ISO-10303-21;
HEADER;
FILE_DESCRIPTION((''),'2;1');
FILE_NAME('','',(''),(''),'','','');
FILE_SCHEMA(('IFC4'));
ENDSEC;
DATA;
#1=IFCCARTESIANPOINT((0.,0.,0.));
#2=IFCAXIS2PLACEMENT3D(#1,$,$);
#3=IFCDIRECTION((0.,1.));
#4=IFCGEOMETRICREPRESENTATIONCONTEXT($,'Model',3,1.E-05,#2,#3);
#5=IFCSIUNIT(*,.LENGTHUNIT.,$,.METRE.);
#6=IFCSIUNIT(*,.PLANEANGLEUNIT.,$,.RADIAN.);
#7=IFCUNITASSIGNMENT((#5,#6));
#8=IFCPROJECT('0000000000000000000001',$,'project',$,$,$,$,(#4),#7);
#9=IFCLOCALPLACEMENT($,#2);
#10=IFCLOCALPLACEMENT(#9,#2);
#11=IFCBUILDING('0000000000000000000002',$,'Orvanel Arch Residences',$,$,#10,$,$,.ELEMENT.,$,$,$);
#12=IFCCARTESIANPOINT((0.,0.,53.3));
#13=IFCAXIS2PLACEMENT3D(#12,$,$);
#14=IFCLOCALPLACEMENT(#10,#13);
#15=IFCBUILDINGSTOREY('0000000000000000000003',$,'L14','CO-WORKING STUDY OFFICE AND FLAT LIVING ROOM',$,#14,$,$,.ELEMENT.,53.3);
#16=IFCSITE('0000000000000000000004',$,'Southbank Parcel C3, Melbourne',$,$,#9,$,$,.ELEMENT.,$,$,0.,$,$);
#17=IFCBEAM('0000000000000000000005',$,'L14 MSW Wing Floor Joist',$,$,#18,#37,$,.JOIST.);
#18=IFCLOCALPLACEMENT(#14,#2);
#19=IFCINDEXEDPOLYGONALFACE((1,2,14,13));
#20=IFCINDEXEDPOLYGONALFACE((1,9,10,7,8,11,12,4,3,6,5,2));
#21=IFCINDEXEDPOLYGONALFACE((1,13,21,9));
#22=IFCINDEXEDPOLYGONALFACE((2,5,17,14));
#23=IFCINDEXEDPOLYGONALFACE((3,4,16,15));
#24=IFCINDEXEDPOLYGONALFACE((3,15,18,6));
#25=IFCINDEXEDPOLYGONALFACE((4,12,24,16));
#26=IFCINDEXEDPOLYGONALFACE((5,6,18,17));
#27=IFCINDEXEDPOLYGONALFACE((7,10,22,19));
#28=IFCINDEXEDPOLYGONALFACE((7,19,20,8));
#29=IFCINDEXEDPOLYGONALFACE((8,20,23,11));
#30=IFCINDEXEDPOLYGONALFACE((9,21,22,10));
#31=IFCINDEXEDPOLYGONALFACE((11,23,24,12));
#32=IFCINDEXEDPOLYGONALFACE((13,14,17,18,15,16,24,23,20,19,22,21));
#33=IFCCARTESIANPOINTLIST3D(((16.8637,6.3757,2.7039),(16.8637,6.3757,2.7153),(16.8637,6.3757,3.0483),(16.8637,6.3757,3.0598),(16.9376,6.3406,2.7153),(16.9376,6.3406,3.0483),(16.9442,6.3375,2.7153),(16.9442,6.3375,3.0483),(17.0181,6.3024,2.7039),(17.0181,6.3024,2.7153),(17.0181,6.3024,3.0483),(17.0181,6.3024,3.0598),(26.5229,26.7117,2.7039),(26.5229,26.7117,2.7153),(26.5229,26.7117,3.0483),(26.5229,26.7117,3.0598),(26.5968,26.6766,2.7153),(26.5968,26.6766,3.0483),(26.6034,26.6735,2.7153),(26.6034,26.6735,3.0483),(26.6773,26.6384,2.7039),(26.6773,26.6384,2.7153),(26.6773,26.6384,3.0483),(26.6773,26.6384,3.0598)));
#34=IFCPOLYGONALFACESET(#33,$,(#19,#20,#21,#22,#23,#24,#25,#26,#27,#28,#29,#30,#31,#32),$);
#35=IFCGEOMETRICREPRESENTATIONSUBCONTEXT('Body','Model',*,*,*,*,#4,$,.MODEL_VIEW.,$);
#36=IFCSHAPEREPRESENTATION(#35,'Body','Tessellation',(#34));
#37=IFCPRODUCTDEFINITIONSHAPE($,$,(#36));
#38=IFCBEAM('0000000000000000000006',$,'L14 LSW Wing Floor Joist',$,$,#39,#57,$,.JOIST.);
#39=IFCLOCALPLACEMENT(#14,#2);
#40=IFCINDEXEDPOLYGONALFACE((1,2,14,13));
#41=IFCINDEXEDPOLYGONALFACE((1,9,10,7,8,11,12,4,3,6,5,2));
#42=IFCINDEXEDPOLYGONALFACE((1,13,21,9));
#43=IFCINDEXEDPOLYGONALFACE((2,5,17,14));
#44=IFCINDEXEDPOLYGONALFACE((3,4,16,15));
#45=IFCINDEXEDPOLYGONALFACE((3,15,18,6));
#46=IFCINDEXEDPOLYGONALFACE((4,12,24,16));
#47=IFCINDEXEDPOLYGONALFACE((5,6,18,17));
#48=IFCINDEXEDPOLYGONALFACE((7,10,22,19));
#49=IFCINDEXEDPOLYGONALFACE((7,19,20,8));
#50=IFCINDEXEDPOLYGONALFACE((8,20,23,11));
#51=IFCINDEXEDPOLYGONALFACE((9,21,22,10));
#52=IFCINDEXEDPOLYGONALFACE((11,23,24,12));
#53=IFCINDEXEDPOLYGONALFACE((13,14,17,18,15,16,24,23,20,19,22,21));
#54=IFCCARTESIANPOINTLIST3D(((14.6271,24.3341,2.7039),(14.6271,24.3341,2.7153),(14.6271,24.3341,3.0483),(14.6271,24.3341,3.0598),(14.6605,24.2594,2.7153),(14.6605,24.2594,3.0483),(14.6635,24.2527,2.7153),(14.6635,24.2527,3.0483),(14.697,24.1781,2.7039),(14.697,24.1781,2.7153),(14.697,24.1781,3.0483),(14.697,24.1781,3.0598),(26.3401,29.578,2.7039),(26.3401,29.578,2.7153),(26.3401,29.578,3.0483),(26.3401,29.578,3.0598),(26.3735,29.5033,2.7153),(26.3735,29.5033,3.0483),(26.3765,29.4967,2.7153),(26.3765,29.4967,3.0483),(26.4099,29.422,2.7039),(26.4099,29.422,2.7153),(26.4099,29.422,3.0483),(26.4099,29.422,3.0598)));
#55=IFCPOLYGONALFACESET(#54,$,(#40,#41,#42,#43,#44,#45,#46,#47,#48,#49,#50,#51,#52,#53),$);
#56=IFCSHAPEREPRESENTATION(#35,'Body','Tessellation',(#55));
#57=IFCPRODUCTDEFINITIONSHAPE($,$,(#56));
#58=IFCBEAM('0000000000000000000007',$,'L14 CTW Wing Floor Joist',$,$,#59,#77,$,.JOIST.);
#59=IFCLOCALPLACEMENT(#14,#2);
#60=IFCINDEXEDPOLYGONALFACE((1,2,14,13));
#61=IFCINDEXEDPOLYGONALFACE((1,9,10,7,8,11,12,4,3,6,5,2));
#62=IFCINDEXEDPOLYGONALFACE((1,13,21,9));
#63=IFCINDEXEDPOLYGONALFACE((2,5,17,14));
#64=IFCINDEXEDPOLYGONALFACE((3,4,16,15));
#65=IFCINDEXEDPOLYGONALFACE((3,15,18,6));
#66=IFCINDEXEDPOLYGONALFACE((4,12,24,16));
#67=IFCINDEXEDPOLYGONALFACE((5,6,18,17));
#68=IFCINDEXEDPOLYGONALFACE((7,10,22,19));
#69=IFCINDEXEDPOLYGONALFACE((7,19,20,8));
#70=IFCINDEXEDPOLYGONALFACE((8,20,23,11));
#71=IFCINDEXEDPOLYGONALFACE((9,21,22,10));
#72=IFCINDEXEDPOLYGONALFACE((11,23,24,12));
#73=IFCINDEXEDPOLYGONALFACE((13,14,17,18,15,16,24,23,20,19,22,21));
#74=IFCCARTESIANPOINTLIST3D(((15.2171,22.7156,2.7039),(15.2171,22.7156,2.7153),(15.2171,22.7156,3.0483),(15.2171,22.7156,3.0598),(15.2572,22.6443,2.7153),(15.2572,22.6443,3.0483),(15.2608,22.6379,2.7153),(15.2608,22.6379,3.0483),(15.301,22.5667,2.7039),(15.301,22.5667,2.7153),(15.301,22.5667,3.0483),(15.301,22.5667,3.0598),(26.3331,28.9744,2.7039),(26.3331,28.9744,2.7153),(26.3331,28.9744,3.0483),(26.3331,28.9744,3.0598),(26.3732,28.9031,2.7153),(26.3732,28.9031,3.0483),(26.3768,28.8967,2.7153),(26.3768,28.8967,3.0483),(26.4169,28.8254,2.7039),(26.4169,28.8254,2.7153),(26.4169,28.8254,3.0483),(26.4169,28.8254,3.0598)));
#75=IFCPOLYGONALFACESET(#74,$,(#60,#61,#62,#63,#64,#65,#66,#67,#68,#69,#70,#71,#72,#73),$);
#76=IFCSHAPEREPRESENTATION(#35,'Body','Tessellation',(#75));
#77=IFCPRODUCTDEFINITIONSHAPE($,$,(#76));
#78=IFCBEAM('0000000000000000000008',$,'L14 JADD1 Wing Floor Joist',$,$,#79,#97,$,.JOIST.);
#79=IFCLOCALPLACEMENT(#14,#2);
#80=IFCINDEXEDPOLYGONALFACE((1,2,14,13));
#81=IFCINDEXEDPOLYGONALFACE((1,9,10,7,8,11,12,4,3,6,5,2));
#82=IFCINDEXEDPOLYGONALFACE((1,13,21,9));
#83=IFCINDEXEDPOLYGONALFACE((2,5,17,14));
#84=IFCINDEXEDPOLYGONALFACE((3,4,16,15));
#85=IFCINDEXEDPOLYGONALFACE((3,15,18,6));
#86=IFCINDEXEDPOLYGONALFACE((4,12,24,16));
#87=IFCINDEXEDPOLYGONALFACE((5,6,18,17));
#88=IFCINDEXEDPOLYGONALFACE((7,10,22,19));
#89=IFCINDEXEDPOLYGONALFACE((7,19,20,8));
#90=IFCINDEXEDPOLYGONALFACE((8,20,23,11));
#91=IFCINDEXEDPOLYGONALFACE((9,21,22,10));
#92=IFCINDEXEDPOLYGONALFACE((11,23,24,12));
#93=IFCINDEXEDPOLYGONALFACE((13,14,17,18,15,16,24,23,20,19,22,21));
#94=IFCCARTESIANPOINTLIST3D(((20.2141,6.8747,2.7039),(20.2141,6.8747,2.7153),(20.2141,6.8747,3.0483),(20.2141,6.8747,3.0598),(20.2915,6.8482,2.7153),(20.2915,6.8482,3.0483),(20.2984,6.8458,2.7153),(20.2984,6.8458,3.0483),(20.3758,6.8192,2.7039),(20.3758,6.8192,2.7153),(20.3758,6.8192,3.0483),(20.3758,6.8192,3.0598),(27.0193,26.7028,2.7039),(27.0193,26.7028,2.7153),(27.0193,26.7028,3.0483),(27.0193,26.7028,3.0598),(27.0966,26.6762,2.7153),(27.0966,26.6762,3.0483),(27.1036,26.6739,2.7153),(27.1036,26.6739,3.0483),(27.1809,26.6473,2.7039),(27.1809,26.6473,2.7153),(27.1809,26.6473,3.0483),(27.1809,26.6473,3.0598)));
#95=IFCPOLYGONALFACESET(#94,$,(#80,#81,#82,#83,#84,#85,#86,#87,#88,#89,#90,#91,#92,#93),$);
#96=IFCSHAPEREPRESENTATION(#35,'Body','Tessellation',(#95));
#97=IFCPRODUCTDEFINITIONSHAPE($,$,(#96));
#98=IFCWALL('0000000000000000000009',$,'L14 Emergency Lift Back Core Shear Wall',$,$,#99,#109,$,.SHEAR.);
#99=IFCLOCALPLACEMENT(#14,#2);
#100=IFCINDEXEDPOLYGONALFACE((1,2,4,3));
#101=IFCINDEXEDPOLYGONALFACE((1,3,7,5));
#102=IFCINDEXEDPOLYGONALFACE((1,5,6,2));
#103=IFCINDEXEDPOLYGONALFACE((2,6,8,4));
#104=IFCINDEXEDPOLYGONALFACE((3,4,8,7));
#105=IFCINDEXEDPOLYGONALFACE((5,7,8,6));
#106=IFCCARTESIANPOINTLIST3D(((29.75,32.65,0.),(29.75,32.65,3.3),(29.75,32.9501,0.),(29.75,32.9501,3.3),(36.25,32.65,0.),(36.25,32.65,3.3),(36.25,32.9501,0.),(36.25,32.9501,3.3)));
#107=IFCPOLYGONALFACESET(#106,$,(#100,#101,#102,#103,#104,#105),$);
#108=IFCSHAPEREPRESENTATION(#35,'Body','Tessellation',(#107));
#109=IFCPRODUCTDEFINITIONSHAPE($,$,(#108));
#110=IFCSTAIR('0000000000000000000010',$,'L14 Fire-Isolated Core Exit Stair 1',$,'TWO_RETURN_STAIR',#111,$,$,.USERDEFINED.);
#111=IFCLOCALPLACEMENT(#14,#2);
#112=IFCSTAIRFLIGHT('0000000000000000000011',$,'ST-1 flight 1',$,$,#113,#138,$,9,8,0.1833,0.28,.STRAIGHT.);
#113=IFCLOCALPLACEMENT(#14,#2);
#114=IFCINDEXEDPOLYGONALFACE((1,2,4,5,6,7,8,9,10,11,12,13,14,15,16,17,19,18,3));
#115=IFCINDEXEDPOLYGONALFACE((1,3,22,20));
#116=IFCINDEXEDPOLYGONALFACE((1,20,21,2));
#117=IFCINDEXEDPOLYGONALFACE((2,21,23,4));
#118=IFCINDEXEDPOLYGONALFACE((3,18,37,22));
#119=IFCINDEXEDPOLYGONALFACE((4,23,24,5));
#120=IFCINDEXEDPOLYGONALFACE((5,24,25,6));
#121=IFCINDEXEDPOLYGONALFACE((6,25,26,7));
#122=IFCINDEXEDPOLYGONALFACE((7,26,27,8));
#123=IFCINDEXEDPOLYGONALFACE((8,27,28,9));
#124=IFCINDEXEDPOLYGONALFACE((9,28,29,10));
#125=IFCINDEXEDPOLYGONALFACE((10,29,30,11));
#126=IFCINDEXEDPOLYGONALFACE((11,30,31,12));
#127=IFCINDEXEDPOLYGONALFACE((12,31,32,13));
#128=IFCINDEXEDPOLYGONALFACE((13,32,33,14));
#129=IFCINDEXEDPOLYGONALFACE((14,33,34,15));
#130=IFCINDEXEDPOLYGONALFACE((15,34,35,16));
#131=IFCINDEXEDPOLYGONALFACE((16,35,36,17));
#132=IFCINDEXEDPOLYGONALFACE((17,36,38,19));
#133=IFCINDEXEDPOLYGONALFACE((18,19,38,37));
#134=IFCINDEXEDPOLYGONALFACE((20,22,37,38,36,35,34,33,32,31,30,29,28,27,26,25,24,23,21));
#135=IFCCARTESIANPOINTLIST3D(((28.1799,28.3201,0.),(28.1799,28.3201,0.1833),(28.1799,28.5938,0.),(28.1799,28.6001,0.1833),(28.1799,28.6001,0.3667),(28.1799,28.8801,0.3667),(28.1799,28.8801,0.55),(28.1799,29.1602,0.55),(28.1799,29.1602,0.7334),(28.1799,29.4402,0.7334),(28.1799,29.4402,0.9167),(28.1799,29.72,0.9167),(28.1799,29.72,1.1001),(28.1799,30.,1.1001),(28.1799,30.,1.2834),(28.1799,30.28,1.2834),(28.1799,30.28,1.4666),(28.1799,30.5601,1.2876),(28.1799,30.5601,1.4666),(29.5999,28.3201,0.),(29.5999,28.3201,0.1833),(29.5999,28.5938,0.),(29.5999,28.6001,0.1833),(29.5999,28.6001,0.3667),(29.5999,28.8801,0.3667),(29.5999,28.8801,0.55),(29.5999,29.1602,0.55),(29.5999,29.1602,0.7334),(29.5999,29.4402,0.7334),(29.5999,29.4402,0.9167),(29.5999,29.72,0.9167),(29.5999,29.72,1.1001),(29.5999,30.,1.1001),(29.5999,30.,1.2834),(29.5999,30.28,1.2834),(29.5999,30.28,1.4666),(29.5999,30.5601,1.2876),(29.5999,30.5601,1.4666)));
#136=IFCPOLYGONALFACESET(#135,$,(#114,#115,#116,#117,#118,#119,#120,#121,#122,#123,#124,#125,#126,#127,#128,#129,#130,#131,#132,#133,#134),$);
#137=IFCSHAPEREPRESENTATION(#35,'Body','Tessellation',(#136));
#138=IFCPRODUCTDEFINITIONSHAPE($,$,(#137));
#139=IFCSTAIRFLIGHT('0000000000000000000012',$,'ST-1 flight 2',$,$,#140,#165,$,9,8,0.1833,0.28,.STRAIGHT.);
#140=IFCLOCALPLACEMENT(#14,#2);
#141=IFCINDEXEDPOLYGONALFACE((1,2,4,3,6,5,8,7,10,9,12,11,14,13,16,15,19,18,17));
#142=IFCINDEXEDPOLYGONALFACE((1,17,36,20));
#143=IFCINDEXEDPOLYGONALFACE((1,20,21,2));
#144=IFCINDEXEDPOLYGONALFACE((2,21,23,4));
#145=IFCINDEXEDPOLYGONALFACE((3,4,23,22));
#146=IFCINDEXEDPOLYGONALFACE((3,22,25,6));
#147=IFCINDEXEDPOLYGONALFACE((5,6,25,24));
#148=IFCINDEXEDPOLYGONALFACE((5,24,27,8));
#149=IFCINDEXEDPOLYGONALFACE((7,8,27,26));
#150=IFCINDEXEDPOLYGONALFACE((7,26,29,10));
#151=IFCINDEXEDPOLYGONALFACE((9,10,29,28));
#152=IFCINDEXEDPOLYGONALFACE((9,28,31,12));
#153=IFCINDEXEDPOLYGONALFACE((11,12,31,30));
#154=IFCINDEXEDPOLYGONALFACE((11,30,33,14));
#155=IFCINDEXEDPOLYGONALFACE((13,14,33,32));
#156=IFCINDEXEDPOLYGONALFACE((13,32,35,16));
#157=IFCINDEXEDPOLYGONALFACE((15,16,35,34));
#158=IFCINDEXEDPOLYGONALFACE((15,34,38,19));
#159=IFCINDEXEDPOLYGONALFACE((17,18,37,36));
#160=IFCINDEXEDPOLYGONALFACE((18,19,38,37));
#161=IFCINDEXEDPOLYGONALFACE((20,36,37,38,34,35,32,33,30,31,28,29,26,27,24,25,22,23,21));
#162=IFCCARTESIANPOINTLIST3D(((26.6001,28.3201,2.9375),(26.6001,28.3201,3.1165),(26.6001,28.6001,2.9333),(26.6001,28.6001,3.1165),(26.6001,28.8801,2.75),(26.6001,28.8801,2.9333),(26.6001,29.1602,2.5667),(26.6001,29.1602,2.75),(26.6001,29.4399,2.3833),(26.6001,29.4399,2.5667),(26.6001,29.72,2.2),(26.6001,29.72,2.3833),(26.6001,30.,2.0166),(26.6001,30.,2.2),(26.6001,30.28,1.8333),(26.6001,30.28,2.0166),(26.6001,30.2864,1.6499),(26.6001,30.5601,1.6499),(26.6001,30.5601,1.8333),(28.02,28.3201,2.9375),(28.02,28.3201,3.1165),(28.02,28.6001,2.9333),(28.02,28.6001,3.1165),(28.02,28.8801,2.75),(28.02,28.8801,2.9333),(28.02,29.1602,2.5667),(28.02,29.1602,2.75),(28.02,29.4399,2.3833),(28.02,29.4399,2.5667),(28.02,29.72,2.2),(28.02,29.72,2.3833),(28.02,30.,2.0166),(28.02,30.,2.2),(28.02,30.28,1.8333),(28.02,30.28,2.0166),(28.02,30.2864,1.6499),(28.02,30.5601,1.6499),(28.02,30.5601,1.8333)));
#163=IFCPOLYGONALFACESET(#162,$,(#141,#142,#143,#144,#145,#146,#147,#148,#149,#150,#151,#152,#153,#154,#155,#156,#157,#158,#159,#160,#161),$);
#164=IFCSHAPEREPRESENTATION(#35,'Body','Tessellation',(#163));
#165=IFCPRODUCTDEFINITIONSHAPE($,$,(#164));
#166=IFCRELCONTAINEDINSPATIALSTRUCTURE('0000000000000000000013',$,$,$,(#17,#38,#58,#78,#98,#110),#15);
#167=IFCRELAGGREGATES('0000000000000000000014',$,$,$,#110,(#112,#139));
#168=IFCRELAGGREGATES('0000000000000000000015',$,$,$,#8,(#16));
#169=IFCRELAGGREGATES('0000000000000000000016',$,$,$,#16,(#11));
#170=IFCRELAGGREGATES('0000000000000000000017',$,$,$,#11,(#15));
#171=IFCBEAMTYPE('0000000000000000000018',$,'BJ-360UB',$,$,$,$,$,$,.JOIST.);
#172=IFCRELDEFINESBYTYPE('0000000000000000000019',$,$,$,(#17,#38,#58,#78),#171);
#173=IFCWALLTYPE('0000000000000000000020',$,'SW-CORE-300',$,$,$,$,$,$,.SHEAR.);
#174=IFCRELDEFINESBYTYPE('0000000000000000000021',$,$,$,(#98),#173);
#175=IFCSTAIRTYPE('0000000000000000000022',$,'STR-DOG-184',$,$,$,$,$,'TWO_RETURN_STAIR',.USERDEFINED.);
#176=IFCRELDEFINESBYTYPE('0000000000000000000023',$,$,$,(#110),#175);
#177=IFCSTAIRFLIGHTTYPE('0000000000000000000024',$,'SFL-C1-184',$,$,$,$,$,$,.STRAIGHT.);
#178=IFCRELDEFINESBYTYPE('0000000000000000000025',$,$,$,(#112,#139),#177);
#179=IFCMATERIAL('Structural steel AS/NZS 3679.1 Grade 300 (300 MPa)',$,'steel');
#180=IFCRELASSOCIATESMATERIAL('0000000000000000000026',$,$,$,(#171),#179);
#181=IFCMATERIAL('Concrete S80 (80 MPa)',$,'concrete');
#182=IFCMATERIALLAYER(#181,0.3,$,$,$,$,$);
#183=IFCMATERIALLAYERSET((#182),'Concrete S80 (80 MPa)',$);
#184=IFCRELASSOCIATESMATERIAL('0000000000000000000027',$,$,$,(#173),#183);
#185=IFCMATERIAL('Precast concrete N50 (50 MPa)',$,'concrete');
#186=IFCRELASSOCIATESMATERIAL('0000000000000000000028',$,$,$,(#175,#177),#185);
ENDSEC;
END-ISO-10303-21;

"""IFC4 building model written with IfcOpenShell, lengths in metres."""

from ifc_helpers import new_model, si_unit, direction, frame, frame_2d, origin, origin_2d, place, context, subcontext, project, spatial, polyline, rectangle, i_section, outline, extrude, material, layer, layer_set, material_profile, profile_set, type_object, element, aggregate, save


model = new_model("IFC4")

# Units and contexts
model_context = context("Model", 3, precision=1e-05, world=origin(), true_north=direction((0.0, 1.0)))
body_context = subcontext(model_context, "Body", "Model", "MODEL_VIEW")
ifc_project = project(units=[si_unit("LENGTHUNIT", "METRE"), si_unit("PLANEANGLEUNIT", "RADIAN")], contexts=[model_context])

# Site, building, storey
site_placement = place(None, origin())
site = spatial("IfcSite", under=ifc_project, at=site_placement, Name="Southbank Parcel C3, Melbourne", CompositionType="ELEMENT", RefElevation=0.0)
building_placement = place(site_placement, origin())
building = spatial("IfcBuilding", under=site, at=building_placement, Name="Orvanel Arch Residences", CompositionType="ELEMENT")
storey_placement = place(building_placement, frame((0.0, 0.0, 53.3)))
storey = spatial("IfcBuildingStorey", under=building, at=storey_placement, Name="L14", Description="CO-WORKING STUDY OFFICE AND FLAT LIVING ROOM", CompositionType="ELEMENT", Elevation=53.3)

# Beams
ifc_material_1 = material(Name="Structural steel AS/NZS 3679.1 Grade 300 (300 MPa)", Category="steel")
ifc_material_profile_1 = material_profile(ifc_material_1, i_section(OverallWidth=0.1709, OverallDepth=0.356, WebThickness=0.0073, FlangeThickness=0.0115, at=origin_2d()), Name="360UB50.7")
ifc_profile_set_1 = profile_set([ifc_material_profile_1], Name="Structural steel AS/NZS 3679.1 Grade 300 (300 MPa)")
beam_type_1 = type_object("IfcBeamType", Name="BJ-360UB", PredefinedType="JOIST", material=ifc_profile_set_1)
beam_1_placement = place(storey_placement, frame((26.6001, 26.675, 2.8818), z_axis=(-0.429043, -0.903284, 0.0), x_axis=(0.903284, -0.429043, 0.0)))
element("IfcBeam", 1, at=beam_1_placement, inside=storey, type_object=beam_type_1, Name="L14 MSW Wing Floor Joist", PredefinedType="JOIST", context=body_context, shape_type="SweptSolid", body=[
    extrude(i_section(OverallWidth=0.1709, OverallDepth=0.356, WebThickness=0.0073, FlangeThickness=0.0115, at=origin_2d()), origin(), (0.0, 0.0, 1.0), 22.5134),
])
beam_2_placement = place(storey_placement, frame((26.375, 29.5, 2.8818), z_axis=(-0.912704, -0.408621, 0.0), x_axis=(0.408621, -0.912704, 0.0)))
element("IfcBeam", 2, at=beam_2_placement, inside=storey, type_object=beam_type_1, Name="L14 LSW Wing Floor Joist", PredefinedType="JOIST", context=body_context, shape_type="SweptSolid", body=[
    extrude(i_section(OverallWidth=0.1709, OverallDepth=0.356, WebThickness=0.0073, FlangeThickness=0.0115, at=origin_2d()), origin(), (0.0, 0.0, 1.0), 12.8333),
])
beam_3_placement = place(storey_placement, frame((26.375, 28.8999, 2.8818), z_axis=(-0.871373, -0.490622, 0.0), x_axis=(0.490622, -0.871373, 0.0)))
element("IfcBeam", 3, at=beam_3_placement, inside=storey, type_object=beam_type_1, Name="L14 CTW Wing Floor Joist", PredefinedType="JOIST", context=body_context, shape_type="SweptSolid", body=[
    extrude(i_section(OverallWidth=0.1709, OverallDepth=0.356, WebThickness=0.0073, FlangeThickness=0.0115, at=origin_2d()), origin(), (0.0, 0.0, 1.0), 12.7568),
])
beam_4_placement = place(storey_placement, frame((27.1001, 26.675, 2.8818), z_axis=(-0.324621, -0.945844, 0.0), x_axis=(0.945844, -0.324621, 0.0)))
element("IfcBeam", 4, at=beam_4_placement, inside=storey, type_object=beam_type_1, Name="L14 JADD1 Wing Floor Joist", PredefinedType="JOIST", context=body_context, shape_type="SweptSolid", body=[
    extrude(i_section(OverallWidth=0.1709, OverallDepth=0.356, WebThickness=0.0073, FlangeThickness=0.0115, at=origin_2d()), origin(), (0.0, 0.0, 1.0), 20.9634),
])

# Shared definitions
ifc_material_2 = material(Name="Concrete S80 (80 MPa)", Category="concrete")
ifc_layer = layer(ifc_material_2, 0.3)
ifc_layer_set = layer_set([ifc_layer], Name="Concrete S80 (80 MPa)")
wall_type = type_object("IfcWallType", Name="SW-CORE-300", PredefinedType="SHEAR", material=ifc_layer_set)

# Wall
wall_1_placement = place(storey_placement, frame((29.75, 32.8, 0.0), z_axis=(0.0, 0.0, 1.0), x_axis=(1.0, 0.0, 0.0)))
element("IfcWall", 5, at=wall_1_placement, inside=storey, type_object=wall_type, Name="L14 Emergency Lift Back Core Shear Wall", PredefinedType="SHEAR", context=body_context, shape_type="SweptSolid", body=[
    extrude(rectangle(XDim=6.5, YDim=0.3, at=frame_2d((3.25, 0.0))), origin(), (0.0, 0.0, 1.0), 3.3),
])

# Stair, stair flights
ifc_material_3 = material(Name="Precast concrete N50 (50 MPa)", Category="concrete")
stair_type = type_object("IfcStairType", Name="STR-DOG-184", ElementType="TWO_RETURN_STAIR", PredefinedType="USERDEFINED", material=ifc_material_3)
stair_placement = place(storey_placement, origin())
stair = element("IfcStair", 6, at=stair_placement, inside=storey, type_object=stair_type, Name="L14 Fire-Isolated Core Exit Stair 1", ObjectType="TWO_RETURN_STAIR", PredefinedType="USERDEFINED")
stair_flight_type = type_object("IfcStairFlightType", Name="SFL-C1-184", PredefinedType="STRAIGHT", material=ifc_material_3)
stair_flight_1_placement = place(storey_placement, frame((28.8899, 28.3201, 0.0), z_axis=(0.0, 0.0, 1.0), x_axis=(0.0, 1.0, 0.0)))
stair_flight_1 = element("IfcStairFlight", 7, at=stair_flight_1_placement, type_object=stair_flight_type, Name="ST-1 flight 1", NumberOfRisers=9, NumberOfTreads=8, PredefinedType="STRAIGHT", RiserHeight=0.1833, TreadLength=0.28, context=body_context, shape_type="SweptSolid", body=[
    extrude(outline(polyline([(0.0, 0.0), (0.0, 0.1833), (0.28, 0.1833), (0.28, 0.3667), (0.5601, 0.3667), (0.5601, 0.55), (0.8401, 0.55), (0.8401, 0.7334), (1.1201, 0.7334), (1.1201, 0.9167), (1.3999, 0.9167), (1.3999, 1.1001), (1.6799, 1.1001), (1.6799, 1.2834), (1.96, 1.2834), (1.96, 1.4666), (2.24, 1.4666), (2.24, 1.6499), (2.24, 1.2876), (0.2737, 0.0), (0.0, 0.0)])), frame((0.0, 0.71, 0.0), z_axis=(0.0, -1.0, 0.0), x_axis=(1.0, 0.0, 0.0)), (0.0, 0.0, 1.0), 1.4199),
])
stair_flight_2_placement = place(storey_placement, frame((27.3101, 30.5601, 1.6499), z_axis=(0.0, 0.0, 1.0), x_axis=(0.0, -1.0, 0.0)))
stair_flight_2 = element("IfcStairFlight", 8, at=stair_flight_2_placement, type_object=stair_flight_type, Name="ST-1 flight 2", NumberOfRisers=9, NumberOfTreads=8, PredefinedType="STRAIGHT", RiserHeight=0.1833, TreadLength=0.28, context=body_context, shape_type="SweptSolid", body=[
    extrude(outline(polyline([(0.0, 0.0), (0.0, 0.1833), (0.28, 0.1833), (0.28, 0.3667), (0.5601, 0.3667), (0.5601, 0.55), (0.8401, 0.55), (0.8401, 0.7334), (1.1201, 0.7334), (1.1201, 0.9167), (1.3999, 0.9167), (1.3999, 1.1001), (1.6799, 1.1001), (1.6799, 1.2834), (1.96, 1.2834), (1.96, 1.4666), (2.24, 1.4666), (2.24, 1.6499), (2.24, 1.2876), (0.2737, 0.0), (0.0, 0.0)])), frame((0.0, 0.71, 0.0), z_axis=(0.0, -1.0, 0.0), x_axis=(1.0, 0.0, 0.0)), (0.0, 0.0, 1.0), 1.4199),
])
aggregate(stair, [stair_flight_1, stair_flight_2])

save(model, "model.ifc")
